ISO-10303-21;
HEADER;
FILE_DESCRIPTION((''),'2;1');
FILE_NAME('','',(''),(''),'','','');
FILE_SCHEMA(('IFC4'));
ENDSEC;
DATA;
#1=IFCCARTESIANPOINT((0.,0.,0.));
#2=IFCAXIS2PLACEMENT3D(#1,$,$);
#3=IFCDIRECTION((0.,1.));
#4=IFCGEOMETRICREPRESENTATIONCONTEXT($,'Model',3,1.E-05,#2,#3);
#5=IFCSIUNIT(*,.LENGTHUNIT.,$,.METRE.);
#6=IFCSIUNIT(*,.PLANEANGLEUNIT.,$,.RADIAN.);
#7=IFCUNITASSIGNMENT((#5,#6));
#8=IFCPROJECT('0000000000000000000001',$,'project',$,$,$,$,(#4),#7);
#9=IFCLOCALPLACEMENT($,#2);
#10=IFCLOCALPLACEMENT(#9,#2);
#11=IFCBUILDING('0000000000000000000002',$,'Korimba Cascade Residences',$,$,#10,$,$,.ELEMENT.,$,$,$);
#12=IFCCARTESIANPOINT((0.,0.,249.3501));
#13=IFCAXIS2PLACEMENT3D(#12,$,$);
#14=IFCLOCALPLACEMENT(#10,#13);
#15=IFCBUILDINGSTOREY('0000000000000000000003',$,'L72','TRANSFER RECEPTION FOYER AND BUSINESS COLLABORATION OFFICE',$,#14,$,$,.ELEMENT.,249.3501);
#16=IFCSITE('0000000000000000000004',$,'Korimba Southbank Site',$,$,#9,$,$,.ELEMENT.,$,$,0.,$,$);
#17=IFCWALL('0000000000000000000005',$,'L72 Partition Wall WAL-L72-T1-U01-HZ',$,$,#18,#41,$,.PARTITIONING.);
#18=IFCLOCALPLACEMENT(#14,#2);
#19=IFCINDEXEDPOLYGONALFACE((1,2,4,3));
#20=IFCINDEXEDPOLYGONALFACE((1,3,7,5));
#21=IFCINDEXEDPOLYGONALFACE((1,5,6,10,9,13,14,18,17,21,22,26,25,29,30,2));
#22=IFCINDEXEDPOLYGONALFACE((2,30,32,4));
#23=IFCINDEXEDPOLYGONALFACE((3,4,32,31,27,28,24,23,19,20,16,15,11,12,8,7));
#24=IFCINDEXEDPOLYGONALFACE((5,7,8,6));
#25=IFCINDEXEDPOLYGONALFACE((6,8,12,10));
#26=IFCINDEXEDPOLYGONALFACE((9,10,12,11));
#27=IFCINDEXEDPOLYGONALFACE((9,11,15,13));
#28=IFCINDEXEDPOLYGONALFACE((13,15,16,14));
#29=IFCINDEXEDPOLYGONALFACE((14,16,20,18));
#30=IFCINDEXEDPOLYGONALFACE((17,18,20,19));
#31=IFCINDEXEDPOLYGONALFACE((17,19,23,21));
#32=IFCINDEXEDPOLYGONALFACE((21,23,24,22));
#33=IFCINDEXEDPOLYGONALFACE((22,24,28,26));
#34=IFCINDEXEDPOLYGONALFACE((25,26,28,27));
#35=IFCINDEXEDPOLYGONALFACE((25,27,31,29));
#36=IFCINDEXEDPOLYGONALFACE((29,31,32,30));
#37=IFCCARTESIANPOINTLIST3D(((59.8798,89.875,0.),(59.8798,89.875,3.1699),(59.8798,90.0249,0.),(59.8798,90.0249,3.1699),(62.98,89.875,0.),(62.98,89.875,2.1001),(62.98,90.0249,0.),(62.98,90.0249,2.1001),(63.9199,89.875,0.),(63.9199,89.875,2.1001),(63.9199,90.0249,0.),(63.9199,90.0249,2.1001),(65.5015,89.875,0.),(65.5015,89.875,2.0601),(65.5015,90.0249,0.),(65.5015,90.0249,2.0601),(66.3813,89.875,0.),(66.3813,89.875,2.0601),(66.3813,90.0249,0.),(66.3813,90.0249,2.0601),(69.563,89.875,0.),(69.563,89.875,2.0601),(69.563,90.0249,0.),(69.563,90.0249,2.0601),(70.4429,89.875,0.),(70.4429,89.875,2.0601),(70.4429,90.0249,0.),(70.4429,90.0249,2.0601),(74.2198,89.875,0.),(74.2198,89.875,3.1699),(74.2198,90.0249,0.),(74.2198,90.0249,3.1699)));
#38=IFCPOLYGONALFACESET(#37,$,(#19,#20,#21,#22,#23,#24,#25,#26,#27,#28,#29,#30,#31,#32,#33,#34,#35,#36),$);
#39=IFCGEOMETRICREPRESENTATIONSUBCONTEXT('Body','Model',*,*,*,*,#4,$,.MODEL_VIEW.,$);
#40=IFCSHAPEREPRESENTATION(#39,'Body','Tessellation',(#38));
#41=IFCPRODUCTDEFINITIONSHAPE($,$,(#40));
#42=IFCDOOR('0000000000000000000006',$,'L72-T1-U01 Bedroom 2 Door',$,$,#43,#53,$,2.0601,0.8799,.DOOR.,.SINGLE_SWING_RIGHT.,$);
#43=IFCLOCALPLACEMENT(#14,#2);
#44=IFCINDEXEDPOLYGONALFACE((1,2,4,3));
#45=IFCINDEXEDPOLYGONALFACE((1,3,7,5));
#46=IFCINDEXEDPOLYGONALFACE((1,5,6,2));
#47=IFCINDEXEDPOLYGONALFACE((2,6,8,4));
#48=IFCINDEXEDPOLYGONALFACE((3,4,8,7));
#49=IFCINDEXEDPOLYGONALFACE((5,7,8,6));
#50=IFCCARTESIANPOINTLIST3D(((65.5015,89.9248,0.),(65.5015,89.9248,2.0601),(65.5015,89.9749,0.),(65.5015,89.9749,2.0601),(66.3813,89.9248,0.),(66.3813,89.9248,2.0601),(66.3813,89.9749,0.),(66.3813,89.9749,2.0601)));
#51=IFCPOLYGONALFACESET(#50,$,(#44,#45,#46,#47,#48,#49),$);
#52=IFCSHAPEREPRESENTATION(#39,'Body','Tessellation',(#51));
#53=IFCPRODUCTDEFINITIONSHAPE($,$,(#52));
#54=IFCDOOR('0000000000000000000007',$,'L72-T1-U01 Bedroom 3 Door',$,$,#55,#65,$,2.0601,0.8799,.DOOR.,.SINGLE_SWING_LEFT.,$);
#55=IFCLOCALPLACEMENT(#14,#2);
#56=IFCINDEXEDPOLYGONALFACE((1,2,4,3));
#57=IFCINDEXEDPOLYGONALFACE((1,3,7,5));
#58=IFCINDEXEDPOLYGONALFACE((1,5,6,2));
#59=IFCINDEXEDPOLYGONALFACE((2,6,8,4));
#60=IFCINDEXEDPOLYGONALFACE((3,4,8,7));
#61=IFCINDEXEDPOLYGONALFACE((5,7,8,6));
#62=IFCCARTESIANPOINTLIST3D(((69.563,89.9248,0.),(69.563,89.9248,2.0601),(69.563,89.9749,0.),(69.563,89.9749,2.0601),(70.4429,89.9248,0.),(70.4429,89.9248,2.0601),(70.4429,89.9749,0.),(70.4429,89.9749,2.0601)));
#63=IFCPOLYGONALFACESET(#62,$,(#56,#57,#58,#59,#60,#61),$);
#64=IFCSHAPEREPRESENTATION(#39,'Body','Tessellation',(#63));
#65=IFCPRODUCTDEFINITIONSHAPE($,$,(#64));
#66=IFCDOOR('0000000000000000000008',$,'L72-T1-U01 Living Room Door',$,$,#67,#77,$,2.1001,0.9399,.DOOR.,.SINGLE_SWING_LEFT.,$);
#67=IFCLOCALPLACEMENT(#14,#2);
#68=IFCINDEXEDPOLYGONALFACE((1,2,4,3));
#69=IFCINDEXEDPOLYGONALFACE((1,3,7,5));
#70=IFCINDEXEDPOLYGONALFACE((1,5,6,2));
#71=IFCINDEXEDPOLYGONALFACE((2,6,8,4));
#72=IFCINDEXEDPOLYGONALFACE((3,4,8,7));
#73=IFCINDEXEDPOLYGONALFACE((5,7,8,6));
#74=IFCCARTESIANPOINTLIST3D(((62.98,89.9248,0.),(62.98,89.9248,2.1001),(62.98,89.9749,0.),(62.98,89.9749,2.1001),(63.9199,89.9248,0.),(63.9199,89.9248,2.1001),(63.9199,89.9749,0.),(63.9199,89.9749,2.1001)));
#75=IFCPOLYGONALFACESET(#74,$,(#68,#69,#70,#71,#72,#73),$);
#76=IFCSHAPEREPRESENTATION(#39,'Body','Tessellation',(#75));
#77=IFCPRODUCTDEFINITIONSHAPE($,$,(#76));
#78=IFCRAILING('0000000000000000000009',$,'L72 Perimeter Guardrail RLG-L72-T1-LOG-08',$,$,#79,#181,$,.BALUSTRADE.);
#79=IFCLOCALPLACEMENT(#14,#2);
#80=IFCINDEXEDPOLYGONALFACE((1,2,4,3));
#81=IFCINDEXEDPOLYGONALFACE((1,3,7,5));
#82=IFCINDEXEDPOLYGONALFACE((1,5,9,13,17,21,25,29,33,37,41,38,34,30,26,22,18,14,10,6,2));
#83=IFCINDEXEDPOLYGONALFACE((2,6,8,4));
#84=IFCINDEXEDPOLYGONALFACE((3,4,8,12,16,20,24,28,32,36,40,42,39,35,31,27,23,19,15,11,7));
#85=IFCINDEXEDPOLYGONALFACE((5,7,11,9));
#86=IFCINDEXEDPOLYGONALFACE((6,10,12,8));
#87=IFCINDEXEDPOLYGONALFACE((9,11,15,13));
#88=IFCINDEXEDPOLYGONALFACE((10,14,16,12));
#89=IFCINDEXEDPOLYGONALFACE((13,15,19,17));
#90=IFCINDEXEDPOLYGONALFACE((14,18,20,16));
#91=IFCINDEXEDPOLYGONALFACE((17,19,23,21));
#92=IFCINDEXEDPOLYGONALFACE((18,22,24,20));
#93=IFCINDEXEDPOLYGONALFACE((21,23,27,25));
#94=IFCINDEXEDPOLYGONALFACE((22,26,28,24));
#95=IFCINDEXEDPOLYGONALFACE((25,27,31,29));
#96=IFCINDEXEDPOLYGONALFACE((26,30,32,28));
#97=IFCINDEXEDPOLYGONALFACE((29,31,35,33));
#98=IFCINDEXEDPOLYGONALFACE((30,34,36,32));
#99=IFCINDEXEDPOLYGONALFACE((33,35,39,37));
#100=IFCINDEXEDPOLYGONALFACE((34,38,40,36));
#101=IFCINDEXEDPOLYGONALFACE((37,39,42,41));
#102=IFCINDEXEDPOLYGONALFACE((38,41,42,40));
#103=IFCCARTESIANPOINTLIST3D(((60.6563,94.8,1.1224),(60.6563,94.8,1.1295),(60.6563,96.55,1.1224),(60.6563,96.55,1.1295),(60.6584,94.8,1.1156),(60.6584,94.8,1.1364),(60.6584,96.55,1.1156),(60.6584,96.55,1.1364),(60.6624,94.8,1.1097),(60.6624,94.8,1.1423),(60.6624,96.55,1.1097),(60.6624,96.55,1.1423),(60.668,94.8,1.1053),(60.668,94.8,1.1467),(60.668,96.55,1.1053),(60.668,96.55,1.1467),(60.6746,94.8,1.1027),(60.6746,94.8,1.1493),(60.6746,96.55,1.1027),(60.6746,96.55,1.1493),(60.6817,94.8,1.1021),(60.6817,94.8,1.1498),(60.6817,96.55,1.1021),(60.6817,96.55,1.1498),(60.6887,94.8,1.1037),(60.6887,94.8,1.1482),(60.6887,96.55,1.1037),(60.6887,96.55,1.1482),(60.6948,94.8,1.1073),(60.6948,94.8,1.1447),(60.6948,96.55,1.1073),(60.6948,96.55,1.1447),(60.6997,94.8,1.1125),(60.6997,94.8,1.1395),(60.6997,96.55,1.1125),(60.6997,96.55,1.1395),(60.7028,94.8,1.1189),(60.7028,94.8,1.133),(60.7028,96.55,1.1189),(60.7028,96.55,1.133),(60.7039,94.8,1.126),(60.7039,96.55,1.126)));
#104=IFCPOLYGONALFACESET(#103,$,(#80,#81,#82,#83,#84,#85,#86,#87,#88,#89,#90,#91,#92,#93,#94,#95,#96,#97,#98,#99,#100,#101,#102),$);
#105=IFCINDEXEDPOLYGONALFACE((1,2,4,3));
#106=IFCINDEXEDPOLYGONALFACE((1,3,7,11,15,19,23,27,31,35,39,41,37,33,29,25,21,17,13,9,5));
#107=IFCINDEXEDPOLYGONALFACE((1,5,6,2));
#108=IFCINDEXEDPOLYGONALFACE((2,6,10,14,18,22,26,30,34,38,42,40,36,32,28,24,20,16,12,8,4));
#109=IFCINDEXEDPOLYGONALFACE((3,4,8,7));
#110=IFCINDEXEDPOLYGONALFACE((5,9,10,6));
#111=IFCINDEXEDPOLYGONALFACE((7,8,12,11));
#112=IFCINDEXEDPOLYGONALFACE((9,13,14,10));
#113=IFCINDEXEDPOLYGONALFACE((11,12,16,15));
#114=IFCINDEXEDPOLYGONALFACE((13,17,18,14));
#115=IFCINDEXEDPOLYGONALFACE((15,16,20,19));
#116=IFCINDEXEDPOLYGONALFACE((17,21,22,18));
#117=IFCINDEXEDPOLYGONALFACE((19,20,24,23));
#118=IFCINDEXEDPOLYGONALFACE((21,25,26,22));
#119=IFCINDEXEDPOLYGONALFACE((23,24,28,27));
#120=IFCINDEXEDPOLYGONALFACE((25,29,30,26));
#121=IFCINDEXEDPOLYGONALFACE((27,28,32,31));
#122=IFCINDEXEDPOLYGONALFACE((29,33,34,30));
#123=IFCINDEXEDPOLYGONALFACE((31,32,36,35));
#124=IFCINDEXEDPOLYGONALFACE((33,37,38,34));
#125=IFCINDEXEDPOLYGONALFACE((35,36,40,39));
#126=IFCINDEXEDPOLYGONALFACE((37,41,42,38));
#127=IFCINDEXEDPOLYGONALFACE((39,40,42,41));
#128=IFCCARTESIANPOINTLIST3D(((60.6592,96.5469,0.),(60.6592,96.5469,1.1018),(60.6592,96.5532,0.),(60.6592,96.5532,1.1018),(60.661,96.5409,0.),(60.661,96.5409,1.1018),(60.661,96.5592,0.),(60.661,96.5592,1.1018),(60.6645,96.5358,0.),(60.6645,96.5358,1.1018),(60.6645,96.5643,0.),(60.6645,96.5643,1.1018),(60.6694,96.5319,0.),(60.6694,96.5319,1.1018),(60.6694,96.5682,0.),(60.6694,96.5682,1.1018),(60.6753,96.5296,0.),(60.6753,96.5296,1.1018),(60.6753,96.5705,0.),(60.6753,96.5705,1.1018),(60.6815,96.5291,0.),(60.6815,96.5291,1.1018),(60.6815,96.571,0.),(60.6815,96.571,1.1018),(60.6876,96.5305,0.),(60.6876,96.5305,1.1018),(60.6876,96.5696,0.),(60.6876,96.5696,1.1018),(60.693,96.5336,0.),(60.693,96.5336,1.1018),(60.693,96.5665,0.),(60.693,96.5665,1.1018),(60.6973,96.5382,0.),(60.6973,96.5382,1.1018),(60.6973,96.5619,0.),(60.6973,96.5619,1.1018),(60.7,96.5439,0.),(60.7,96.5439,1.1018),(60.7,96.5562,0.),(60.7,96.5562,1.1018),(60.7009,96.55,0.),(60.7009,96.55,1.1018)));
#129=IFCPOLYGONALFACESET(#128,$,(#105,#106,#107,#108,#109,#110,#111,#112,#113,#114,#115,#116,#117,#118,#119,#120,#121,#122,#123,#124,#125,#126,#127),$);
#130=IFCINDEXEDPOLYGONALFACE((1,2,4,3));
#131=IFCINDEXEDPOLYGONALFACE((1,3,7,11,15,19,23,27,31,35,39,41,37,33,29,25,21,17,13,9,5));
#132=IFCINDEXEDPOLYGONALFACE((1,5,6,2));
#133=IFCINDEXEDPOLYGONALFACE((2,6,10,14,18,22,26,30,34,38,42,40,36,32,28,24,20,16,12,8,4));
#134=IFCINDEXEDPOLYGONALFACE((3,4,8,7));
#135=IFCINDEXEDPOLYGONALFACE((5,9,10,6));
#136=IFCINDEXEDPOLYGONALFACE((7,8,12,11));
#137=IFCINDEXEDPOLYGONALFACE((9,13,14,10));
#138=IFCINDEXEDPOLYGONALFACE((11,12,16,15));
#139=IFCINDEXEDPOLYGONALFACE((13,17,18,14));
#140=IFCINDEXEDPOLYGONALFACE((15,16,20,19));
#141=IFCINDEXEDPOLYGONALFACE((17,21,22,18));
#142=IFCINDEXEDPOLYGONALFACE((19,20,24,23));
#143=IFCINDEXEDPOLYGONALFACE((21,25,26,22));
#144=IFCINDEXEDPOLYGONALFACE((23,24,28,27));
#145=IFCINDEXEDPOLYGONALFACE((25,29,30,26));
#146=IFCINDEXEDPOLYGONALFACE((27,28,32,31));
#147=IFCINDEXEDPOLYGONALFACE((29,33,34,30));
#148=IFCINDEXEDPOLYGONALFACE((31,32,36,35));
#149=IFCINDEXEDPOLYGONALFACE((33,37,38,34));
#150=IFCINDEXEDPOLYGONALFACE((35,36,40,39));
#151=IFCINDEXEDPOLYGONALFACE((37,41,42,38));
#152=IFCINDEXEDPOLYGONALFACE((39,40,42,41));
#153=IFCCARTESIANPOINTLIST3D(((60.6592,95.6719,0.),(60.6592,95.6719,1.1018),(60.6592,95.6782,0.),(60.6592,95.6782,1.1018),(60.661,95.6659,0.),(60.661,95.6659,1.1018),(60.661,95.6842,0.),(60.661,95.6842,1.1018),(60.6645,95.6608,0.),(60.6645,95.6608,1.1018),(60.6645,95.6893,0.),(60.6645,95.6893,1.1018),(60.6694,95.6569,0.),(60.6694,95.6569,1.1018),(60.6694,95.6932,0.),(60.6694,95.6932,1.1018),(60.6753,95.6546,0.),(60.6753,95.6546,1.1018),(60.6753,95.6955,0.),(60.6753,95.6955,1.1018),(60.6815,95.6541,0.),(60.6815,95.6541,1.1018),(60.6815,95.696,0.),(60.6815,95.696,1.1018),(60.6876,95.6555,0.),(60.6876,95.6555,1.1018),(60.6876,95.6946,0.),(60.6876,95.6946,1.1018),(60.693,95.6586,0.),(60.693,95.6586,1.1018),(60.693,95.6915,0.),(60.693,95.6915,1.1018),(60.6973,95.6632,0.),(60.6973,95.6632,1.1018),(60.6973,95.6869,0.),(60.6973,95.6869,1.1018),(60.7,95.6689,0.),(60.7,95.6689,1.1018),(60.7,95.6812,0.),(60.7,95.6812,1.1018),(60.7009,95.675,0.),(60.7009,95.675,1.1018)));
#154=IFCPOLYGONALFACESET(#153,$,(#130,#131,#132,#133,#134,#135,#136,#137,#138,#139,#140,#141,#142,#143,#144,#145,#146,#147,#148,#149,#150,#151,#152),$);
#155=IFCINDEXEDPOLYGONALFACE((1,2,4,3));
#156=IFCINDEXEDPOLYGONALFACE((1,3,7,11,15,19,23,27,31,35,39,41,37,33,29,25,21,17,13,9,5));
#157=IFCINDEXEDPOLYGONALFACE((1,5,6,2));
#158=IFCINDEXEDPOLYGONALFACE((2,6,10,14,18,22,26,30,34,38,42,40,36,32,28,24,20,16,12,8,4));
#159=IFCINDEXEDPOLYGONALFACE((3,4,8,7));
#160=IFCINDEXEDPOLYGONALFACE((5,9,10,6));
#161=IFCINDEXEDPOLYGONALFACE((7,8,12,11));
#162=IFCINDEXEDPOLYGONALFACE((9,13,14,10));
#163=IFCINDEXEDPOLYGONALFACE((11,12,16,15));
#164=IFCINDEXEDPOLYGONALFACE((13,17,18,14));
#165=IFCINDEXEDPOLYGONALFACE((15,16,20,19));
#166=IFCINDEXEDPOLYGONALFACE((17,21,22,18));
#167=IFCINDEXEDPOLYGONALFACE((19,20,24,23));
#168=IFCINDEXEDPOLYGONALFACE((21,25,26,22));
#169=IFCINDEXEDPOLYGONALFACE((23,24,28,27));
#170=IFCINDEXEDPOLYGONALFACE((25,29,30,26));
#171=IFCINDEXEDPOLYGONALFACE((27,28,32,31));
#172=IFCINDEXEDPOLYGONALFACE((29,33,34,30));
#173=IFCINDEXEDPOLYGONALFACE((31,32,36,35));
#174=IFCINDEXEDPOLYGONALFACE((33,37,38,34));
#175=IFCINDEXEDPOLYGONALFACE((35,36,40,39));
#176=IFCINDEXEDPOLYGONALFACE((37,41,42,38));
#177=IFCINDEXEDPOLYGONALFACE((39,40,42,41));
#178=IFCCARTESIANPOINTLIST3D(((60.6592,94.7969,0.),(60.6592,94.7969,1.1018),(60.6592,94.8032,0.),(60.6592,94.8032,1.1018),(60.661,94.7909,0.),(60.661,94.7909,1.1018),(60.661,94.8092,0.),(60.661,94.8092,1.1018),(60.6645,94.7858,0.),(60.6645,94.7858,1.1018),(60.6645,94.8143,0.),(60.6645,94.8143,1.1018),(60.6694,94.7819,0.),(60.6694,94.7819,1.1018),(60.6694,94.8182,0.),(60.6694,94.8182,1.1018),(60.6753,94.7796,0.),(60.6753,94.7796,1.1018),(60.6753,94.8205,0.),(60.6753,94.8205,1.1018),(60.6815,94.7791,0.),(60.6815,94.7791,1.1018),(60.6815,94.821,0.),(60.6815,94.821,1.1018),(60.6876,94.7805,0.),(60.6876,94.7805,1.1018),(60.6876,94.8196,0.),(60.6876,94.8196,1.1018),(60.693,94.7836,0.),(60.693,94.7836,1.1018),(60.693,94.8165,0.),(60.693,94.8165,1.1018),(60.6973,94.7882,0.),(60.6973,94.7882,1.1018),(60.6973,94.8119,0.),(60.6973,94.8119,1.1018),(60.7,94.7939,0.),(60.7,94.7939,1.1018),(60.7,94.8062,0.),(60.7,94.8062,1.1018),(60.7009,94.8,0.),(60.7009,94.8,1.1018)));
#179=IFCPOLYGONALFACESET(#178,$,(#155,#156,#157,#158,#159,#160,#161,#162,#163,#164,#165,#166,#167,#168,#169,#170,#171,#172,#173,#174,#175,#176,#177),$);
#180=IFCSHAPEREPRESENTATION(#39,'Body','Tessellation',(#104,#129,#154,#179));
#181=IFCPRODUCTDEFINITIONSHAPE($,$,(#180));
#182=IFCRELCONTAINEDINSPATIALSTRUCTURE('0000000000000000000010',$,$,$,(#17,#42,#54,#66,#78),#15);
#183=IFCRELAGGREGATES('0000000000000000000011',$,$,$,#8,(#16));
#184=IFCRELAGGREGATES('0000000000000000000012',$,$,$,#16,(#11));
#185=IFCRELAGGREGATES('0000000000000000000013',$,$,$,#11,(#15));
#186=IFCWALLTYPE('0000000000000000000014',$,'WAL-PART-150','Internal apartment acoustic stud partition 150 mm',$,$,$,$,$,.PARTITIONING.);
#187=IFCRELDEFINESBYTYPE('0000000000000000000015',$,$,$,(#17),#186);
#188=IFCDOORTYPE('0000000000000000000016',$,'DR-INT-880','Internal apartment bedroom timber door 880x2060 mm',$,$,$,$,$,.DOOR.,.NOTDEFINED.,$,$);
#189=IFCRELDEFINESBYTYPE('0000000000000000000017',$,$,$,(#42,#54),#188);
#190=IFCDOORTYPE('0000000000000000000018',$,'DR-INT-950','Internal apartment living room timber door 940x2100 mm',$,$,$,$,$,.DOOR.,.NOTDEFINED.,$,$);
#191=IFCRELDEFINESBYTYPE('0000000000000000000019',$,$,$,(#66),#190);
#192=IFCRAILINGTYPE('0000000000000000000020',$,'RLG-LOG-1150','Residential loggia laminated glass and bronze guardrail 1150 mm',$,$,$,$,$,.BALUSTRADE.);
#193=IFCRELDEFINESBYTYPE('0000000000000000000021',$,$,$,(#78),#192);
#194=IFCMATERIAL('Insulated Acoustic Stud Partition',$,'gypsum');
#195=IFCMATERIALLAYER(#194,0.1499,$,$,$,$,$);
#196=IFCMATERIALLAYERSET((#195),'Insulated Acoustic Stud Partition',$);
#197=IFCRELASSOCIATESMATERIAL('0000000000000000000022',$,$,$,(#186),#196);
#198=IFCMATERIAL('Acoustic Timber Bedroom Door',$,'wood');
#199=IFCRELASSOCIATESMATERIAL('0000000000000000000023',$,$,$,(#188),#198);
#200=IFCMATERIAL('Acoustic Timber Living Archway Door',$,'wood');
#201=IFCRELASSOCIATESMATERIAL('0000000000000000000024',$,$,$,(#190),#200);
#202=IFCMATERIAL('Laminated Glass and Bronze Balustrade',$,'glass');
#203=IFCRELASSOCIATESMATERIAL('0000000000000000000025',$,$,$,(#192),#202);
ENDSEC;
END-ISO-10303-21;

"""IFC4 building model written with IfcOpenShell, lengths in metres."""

from ifc_helpers import new_model, si_unit, direction, frame, frame_2d, origin, origin_2d, place, context, subcontext, project, spatial, rectangle, circle, extrude, material, layer, layer_set, type_object, element, fill, save


model = new_model("IFC4")

# Units and contexts
model_context = context("Model", 3, precision=1e-05, world=origin(), true_north=direction((0.0, 1.0)))
body_context = subcontext(model_context, "Body", "Model", "MODEL_VIEW")
ifc_project = project(units=[si_unit("LENGTHUNIT", "METRE"), si_unit("PLANEANGLEUNIT", "RADIAN")], contexts=[model_context])

# Site, building, storey
site_placement = place(None, origin())
site = spatial("IfcSite", under=ifc_project, at=site_placement, Name="Korimba Southbank Site", CompositionType="ELEMENT", RefElevation=0.0)
building_placement = place(site_placement, origin())
building = spatial("IfcBuilding", under=site, at=building_placement, Name="Korimba Cascade Residences", CompositionType="ELEMENT")
storey_placement = place(building_placement, frame((0.0, 0.0, 249.3501)))
storey = spatial("IfcBuildingStorey", under=building, at=storey_placement, Name="L72", Description="TRANSFER RECEPTION FOYER AND BUSINESS COLLABORATION OFFICE", CompositionType="ELEMENT", Elevation=249.3501)

# Shared definitions
ifc_material_1 = material(Name="Insulated Acoustic Stud Partition", Category="gypsum")
ifc_layer_1 = layer(ifc_material_1, 0.1499)
ifc_layer_set_1 = layer_set([ifc_layer_1], Name="Insulated Acoustic Stud Partition")
wall_type_1 = type_object("IfcWallType", Name="WAL-PART-150", Description="Internal apartment acoustic stud partition 150 mm", PredefinedType="PARTITIONING", material=ifc_layer_set_1)

# Wall, openings, doors
wall_1_placement = place(storey_placement, frame((59.8799, 89.95, 0.0), z_axis=(0.0, 0.0, 1.0), x_axis=(1.0, 0.0, 0.0)))
wall_1 = element("IfcWall", 1, at=wall_1_placement, inside=storey, type_object=wall_type_1, Name="L72 Partition Wall WAL-L72-T1-U01-HZ", PredefinedType="PARTITIONING", context=body_context, shape_type="SweptSolid", body=[
    extrude(rectangle(XDim=14.3401, YDim=0.1499, at=frame_2d((7.1699, 0.0))), origin(), (0.0, 0.0, 1.0), 3.1699),
])
opening_1_placement = place(wall_1_placement, frame((3.1001, 0.0, 0.0)))
opening_1 = element("IfcOpeningElement", 2, at=opening_1_placement, cuts=wall_1, PredefinedType="OPENING", context=body_context, shape_type="SweptSolid", body=[
    extrude(rectangle(XDim=0.9399, YDim=2.1001, at=frame_2d((0.47, 1.05))), frame((0.0, 0.085, 0.0), z_axis=(0.0, -1.0, 0.0), x_axis=(1.0, 0.0, 0.0)), (0.0, 0.0, 1.0), 0.1699),
])
opening_2_placement = place(wall_1_placement, frame((5.6216, 0.0, 0.0)))
opening_2 = element("IfcOpeningElement", 3, at=opening_2_placement, cuts=wall_1, PredefinedType="OPENING", context=body_context, shape_type="SweptSolid", body=[
    extrude(rectangle(XDim=0.8799, YDim=2.0601, at=frame_2d((0.4399, 1.03))), frame((0.0, 0.085, 0.0), z_axis=(0.0, -1.0, 0.0), x_axis=(1.0, 0.0, 0.0)), (0.0, 0.0, 1.0), 0.1699),
])
opening_3_placement = place(wall_1_placement, frame((9.6831, 0.0, 0.0)))
opening_3 = element("IfcOpeningElement", 4, at=opening_3_placement, cuts=wall_1, PredefinedType="OPENING", context=body_context, shape_type="SweptSolid", body=[
    extrude(rectangle(XDim=0.8799, YDim=2.0601, at=frame_2d((0.4399, 1.03))), frame((0.0, 0.085, 0.0), z_axis=(0.0, -1.0, 0.0), x_axis=(1.0, 0.0, 0.0)), (0.0, 0.0, 1.0), 0.1699),
])
ifc_material_2 = material(Name="Acoustic Timber Bedroom Door", Category="wood")
door_type_1 = type_object("IfcDoorType", Name="DR-INT-880", Description="Internal apartment bedroom timber door 880x2060 mm", OperationType="NOTDEFINED", PredefinedType="DOOR", material=ifc_material_2)
door_1_placement = place(opening_2_placement, origin())
door_1 = element("IfcDoor", 5, at=door_1_placement, inside=storey, type_object=door_type_1, Name="L72-T1-U01 Bedroom 2 Door", OperationType="SINGLE_SWING_RIGHT", OverallHeight=2.0601, OverallWidth=0.8799, PredefinedType="DOOR", context=body_context, shape_type="SweptSolid", body=[
    extrude(rectangle(XDim=0.8799, YDim=2.0601, at=frame_2d((0.4399, 1.03))), frame((0.0, 0.0249, 0.0), z_axis=(0.0, -1.0, 0.0), x_axis=(1.0, 0.0, 0.0)), (0.0, 0.0, 1.0), 0.05),
])
fill(opening_2, door_1)
door_2_placement = place(opening_3_placement, origin())
door_2 = element("IfcDoor", 6, at=door_2_placement, inside=storey, type_object=door_type_1, Name="L72-T1-U01 Bedroom 3 Door", OperationType="SINGLE_SWING_LEFT", OverallHeight=2.0601, OverallWidth=0.8799, PredefinedType="DOOR", context=body_context, shape_type="SweptSolid", body=[
    extrude(rectangle(XDim=0.8799, YDim=2.0601, at=frame_2d((0.4399, 1.03))), frame((0.0, 0.0249, 0.0), z_axis=(0.0, -1.0, 0.0), x_axis=(1.0, 0.0, 0.0)), (0.0, 0.0, 1.0), 0.05),
])
fill(opening_3, door_2)
ifc_material_3 = material(Name="Acoustic Timber Living Archway Door", Category="wood")
door_type_2 = type_object("IfcDoorType", Name="DR-INT-950", Description="Internal apartment living room timber door 940x2100 mm", OperationType="NOTDEFINED", PredefinedType="DOOR", material=ifc_material_3)
door_3_placement = place(opening_1_placement, origin())
door_3 = element("IfcDoor", 7, at=door_3_placement, inside=storey, type_object=door_type_2, Name="L72-T1-U01 Living Room Door", OperationType="SINGLE_SWING_LEFT", OverallHeight=2.1001, OverallWidth=0.9399, PredefinedType="DOOR", context=body_context, shape_type="SweptSolid", body=[
    extrude(rectangle(XDim=0.9399, YDim=2.1001, at=frame_2d((0.47, 1.05))), frame((0.0, 0.0249, 0.0), z_axis=(0.0, -1.0, 0.0), x_axis=(1.0, 0.0, 0.0)), (0.0, 0.0, 1.0), 0.05),
])
fill(opening_1, door_3)

# Railing
ifc_material_4 = material(Name="Laminated Glass and Bronze Balustrade", Category="glass")
railing_type = type_object("IfcRailingType", Name="RLG-LOG-1150", Description="Residential loggia laminated glass and bronze guardrail 1150 mm", PredefinedType="BALUSTRADE", material=ifc_material_4)
railing_1_placement = place(storey_placement, frame((60.6799, 96.55, 0.0)))
element("IfcRailing", 8, at=railing_1_placement, inside=storey, type_object=railing_type, Name="L72 Perimeter Guardrail RLG-L72-T1-LOG-08", PredefinedType="BALUSTRADE", context=body_context, shape_type="SweptSolid", body=[
    extrude(circle(Radius=0.0239, at=origin_2d()), frame((0.0, 0.0, 1.126), z_axis=(0.0, -1.0, 0.0), x_axis=(1.0, 0.0, 0.0)), (0.0, 0.0, 1.0), 1.75),
    extrude(circle(Radius=0.021, at=origin_2d()), origin(), (0.0, 0.0, 1.0), 1.1018),
    extrude(circle(Radius=0.021, at=origin_2d()), frame((0.0, -0.875, 0.0)), (0.0, 0.0, 1.0), 1.1018),
    extrude(circle(Radius=0.021, at=origin_2d()), frame((0.0, -1.75, 0.0)), (0.0, 0.0, 1.0), 1.1018),
])

save(model, "model.ifc")
